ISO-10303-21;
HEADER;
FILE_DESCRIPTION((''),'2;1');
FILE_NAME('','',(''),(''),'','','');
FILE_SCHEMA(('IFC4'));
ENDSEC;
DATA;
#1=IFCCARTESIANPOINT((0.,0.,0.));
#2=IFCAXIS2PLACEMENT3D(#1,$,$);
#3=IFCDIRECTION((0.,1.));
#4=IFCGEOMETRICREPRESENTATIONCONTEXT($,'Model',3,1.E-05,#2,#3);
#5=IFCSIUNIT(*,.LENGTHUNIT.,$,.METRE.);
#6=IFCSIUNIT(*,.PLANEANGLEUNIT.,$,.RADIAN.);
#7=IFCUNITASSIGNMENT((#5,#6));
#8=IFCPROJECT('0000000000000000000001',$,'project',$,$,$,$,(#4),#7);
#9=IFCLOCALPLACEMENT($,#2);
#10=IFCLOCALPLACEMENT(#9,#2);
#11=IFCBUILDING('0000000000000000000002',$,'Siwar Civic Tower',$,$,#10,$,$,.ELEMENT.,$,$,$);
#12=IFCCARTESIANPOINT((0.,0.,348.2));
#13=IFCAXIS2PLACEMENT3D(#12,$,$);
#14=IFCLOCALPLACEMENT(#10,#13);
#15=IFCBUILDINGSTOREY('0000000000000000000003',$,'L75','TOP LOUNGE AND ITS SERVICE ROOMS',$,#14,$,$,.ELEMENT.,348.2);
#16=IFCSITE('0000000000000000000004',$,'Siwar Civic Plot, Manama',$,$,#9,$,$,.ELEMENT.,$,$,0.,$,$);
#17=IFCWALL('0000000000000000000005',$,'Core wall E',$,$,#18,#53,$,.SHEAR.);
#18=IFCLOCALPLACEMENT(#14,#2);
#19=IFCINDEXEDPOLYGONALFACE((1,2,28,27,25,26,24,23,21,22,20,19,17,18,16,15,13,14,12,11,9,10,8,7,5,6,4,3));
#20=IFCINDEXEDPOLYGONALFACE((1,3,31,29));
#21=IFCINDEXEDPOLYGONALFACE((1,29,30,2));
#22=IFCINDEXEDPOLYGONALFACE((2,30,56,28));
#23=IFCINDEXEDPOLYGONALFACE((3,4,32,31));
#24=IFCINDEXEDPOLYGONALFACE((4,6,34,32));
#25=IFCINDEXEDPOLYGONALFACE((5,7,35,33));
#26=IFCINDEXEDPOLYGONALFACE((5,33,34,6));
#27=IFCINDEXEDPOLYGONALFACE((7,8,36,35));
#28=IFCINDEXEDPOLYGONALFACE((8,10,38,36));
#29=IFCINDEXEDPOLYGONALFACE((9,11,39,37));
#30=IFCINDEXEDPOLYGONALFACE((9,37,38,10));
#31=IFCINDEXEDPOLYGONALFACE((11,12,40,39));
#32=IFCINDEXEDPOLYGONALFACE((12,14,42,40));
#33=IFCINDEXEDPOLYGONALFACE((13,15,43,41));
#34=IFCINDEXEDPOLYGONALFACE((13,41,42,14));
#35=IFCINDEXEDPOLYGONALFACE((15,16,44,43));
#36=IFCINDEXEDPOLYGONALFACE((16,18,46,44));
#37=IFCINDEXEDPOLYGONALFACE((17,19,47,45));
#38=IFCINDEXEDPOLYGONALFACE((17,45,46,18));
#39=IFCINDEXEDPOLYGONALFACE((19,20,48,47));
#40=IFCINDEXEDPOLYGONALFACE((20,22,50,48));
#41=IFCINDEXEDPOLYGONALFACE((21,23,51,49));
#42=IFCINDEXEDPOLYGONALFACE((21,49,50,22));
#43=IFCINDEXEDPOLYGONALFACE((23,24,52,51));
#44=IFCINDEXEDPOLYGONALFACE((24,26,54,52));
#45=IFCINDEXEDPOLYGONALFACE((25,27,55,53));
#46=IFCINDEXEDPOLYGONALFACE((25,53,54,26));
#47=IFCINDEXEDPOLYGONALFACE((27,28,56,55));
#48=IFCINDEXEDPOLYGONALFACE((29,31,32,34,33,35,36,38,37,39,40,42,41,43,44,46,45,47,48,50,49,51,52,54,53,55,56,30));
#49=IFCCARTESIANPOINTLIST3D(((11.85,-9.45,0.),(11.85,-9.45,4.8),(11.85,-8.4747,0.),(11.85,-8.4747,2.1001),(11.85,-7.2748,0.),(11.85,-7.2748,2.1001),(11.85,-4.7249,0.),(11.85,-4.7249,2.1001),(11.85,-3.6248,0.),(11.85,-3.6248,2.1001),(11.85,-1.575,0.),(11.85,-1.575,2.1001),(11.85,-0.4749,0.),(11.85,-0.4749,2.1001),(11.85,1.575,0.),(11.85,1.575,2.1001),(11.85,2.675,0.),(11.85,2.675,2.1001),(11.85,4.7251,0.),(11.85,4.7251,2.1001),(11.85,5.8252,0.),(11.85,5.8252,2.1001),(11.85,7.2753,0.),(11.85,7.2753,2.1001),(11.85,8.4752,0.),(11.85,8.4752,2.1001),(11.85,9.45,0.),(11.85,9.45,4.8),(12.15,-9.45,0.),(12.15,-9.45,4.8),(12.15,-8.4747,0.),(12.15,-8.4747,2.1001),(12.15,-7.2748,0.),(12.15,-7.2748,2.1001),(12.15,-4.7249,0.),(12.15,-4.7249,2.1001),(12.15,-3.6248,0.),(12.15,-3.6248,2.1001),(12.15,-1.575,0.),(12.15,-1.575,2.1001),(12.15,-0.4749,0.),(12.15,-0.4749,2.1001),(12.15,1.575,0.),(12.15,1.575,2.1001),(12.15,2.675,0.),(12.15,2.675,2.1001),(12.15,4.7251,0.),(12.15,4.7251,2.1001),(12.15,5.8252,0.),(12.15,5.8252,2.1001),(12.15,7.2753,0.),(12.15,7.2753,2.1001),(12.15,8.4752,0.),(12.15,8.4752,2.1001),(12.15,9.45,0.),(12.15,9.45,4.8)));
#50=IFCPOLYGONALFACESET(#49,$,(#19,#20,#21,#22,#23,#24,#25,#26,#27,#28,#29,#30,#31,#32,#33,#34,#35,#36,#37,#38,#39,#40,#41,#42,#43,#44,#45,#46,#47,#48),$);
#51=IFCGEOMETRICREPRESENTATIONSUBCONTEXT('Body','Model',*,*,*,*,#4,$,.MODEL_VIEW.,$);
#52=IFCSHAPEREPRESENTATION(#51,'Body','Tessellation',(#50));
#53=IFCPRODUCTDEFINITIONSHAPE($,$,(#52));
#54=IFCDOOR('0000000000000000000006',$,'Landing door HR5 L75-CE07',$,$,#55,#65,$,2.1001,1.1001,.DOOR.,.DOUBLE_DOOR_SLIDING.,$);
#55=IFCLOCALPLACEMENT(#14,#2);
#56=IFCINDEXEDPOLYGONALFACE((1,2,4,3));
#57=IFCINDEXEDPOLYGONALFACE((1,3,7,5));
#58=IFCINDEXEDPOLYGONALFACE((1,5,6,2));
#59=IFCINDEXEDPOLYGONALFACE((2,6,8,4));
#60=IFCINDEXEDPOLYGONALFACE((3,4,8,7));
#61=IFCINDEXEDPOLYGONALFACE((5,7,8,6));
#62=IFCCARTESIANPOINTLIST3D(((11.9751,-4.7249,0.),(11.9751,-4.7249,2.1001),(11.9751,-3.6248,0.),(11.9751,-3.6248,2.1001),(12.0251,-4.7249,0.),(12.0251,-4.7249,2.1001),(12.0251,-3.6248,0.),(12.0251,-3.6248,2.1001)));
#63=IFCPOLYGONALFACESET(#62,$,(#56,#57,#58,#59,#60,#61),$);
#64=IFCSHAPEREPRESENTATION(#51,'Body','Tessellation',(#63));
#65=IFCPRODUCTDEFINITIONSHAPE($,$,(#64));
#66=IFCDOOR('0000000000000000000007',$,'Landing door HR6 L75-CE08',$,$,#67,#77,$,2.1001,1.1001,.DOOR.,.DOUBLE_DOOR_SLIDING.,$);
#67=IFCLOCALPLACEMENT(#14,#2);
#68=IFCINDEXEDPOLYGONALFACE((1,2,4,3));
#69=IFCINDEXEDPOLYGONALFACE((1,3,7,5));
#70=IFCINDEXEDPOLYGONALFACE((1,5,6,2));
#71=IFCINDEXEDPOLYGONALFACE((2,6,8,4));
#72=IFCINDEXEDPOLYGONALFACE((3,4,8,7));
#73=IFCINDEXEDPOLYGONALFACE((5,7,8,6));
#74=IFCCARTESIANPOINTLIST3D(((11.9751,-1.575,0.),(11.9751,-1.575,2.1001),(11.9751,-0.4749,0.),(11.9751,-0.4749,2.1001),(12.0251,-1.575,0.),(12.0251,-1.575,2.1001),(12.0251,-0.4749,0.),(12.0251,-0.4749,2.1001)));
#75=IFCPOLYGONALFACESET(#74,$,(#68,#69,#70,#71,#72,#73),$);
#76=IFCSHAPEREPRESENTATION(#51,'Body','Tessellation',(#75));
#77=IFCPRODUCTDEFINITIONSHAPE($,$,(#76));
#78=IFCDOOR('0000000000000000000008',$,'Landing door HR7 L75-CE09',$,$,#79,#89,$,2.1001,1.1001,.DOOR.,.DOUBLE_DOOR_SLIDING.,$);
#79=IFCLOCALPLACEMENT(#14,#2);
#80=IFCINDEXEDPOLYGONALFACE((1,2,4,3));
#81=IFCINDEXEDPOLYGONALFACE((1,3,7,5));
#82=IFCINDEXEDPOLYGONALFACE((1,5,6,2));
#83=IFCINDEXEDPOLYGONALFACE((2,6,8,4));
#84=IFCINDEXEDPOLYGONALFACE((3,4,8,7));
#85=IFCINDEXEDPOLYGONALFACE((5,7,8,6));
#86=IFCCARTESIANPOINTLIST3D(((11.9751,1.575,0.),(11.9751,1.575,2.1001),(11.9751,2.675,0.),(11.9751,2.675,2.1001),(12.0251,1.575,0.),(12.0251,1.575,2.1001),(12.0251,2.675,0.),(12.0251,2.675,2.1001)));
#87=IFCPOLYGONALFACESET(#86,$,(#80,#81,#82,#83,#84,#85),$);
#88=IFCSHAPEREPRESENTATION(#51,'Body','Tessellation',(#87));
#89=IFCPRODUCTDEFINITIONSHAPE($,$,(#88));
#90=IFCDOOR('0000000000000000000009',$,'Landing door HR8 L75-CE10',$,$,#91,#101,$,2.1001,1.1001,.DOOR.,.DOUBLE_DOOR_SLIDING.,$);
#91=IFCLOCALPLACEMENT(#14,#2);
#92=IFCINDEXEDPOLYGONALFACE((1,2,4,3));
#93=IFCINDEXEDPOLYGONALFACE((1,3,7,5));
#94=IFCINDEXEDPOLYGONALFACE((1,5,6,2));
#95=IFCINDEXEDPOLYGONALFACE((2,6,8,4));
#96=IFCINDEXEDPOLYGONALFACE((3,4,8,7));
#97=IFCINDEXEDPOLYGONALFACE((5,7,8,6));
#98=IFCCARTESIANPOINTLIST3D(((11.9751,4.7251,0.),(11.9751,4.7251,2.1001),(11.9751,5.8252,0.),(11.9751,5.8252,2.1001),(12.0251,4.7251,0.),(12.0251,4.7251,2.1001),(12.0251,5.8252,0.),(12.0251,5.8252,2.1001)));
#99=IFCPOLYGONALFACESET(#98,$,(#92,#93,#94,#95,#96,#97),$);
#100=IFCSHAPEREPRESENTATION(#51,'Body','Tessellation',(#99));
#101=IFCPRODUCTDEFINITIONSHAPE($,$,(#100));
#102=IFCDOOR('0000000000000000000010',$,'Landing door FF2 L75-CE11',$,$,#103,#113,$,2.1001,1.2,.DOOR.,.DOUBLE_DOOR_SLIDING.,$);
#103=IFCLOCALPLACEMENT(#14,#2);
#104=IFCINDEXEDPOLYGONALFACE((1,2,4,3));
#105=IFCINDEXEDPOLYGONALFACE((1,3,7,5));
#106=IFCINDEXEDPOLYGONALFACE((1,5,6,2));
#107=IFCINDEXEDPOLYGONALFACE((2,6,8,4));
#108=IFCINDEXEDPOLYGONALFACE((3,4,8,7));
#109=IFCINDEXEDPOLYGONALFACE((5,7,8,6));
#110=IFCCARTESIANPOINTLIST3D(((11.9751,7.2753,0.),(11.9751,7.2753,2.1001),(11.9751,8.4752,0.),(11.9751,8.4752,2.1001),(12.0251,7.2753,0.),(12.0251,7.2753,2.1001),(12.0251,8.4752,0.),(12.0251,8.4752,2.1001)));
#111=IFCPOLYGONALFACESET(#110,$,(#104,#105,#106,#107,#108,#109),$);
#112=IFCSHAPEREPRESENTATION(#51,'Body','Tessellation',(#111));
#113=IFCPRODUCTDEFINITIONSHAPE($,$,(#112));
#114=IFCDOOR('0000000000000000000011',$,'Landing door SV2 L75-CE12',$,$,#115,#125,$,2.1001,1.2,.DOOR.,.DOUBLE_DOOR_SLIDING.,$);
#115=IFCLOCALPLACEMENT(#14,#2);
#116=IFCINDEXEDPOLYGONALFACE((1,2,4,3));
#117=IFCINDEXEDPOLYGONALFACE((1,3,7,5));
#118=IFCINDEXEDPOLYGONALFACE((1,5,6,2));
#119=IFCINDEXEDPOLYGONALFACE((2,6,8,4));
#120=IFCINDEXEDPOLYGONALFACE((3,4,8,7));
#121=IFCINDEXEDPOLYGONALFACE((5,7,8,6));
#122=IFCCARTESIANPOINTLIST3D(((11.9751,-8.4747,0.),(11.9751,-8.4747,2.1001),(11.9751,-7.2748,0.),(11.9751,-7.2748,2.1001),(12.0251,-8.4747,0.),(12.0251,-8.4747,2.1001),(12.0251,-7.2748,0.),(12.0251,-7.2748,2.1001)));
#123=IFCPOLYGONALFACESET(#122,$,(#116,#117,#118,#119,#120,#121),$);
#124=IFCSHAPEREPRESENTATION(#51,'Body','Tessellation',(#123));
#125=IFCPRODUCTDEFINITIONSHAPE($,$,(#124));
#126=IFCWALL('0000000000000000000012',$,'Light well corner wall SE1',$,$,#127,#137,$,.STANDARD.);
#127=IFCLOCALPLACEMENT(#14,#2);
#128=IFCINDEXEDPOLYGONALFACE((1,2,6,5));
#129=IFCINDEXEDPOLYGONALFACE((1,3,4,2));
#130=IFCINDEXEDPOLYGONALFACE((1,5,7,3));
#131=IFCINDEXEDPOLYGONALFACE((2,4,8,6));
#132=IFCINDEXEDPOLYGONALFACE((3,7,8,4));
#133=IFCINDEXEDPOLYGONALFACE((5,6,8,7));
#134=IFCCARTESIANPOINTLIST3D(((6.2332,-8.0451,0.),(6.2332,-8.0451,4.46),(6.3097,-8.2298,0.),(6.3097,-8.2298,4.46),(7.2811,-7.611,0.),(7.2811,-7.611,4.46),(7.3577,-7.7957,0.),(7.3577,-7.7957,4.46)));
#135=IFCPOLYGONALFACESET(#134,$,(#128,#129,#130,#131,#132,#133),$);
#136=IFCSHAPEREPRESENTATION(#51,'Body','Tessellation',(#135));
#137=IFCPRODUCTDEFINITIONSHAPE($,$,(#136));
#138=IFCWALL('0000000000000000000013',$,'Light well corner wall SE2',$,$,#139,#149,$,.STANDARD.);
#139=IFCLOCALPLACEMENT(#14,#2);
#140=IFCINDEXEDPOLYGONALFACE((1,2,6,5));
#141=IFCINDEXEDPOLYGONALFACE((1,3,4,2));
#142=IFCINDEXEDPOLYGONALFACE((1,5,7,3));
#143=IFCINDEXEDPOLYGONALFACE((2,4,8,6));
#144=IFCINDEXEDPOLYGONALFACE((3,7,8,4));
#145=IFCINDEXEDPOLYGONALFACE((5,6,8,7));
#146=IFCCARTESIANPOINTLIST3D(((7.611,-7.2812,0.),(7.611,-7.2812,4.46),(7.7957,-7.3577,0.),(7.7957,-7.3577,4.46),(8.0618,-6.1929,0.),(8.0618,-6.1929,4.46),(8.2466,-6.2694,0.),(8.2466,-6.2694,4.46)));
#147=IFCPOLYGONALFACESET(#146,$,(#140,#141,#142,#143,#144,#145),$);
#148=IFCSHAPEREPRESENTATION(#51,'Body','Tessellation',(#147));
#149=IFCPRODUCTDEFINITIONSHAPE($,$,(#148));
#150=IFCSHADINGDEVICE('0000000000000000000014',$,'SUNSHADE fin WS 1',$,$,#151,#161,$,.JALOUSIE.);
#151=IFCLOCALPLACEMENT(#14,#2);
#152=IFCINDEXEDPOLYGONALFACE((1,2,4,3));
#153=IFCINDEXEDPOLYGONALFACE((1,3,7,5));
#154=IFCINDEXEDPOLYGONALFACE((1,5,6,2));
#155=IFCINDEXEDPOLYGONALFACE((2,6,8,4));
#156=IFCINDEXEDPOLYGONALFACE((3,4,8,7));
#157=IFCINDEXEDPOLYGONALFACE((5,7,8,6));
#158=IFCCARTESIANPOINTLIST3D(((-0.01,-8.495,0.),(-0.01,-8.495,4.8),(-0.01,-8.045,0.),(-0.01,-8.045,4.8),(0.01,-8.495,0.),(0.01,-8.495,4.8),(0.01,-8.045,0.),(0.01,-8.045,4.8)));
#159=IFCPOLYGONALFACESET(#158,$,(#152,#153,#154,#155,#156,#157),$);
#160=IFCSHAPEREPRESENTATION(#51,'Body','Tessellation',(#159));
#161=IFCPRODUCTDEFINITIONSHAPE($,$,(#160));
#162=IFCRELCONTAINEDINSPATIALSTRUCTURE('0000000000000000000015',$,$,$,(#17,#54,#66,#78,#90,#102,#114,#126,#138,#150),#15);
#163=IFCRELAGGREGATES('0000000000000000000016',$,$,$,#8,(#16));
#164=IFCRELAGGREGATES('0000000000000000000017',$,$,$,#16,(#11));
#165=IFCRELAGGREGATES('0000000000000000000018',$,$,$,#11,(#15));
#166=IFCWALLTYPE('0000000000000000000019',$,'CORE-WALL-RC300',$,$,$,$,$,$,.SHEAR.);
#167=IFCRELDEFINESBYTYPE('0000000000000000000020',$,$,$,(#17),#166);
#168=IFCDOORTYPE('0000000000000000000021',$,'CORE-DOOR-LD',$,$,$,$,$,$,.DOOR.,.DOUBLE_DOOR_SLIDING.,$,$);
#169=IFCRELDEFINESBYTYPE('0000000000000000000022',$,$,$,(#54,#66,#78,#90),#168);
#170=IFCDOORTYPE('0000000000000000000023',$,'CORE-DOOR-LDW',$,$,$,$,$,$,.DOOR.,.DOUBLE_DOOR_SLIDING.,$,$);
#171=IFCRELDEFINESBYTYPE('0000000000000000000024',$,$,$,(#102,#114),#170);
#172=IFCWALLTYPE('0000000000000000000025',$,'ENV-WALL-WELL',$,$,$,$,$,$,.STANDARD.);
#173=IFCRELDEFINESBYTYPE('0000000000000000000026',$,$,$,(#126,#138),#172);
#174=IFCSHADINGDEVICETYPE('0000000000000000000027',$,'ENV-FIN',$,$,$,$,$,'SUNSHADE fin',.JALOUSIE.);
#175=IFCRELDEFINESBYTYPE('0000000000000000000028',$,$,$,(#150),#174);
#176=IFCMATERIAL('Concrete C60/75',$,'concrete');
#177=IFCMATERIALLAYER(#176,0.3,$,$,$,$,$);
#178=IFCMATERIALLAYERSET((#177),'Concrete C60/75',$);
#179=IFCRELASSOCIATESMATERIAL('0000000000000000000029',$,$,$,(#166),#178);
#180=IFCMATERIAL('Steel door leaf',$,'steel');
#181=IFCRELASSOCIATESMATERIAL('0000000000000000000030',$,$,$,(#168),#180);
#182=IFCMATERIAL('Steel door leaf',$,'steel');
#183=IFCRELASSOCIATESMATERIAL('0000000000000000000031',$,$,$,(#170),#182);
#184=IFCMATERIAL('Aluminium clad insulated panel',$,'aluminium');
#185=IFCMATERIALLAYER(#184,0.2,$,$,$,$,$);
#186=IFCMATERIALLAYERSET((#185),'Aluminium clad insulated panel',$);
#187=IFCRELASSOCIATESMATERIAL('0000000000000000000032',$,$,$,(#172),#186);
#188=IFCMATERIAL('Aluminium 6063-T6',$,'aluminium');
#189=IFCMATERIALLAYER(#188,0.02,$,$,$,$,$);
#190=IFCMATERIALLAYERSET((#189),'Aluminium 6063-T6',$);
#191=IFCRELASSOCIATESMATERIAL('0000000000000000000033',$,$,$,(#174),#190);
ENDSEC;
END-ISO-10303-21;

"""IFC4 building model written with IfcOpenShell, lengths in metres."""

from ifc_helpers import new_model, si_unit, direction, frame, frame_2d, origin, origin_2d, place, context, subcontext, project, spatial, rectangle, extrude, material, layer, layer_set, type_object, element, fill, save


model = new_model("IFC4")

# Units and contexts
model_context = context("Model", 3, precision=1e-05, world=origin(), true_north=direction((0.0, 1.0)))
body_context = subcontext(model_context, "Body", "Model", "MODEL_VIEW")
ifc_project = project(units=[si_unit("LENGTHUNIT", "METRE"), si_unit("PLANEANGLEUNIT", "RADIAN")], contexts=[model_context])

# Site, building, storey
site_placement = place(None, origin())
site = spatial("IfcSite", under=ifc_project, at=site_placement, Name="Siwar Civic Plot, Manama", CompositionType="ELEMENT", RefElevation=0.0)
building_placement = place(site_placement, origin())
building = spatial("IfcBuilding", under=site, at=building_placement, Name="Siwar Civic Tower", CompositionType="ELEMENT")
storey_placement = place(building_placement, frame((0.0, 0.0, 348.2)))
storey = spatial("IfcBuildingStorey", under=building, at=storey_placement, Name="L75", Description="TOP LOUNGE AND ITS SERVICE ROOMS", CompositionType="ELEMENT", Elevation=348.2)

# Wall, openings, doors
ifc_material_1 = material(Name="Concrete C60/75", Category="concrete")
ifc_layer_1 = layer(ifc_material_1, 0.3)
ifc_layer_set_1 = layer_set([ifc_layer_1], Name="Concrete C60/75")
wall_type_1 = type_object("IfcWallType", Name="CORE-WALL-RC300", PredefinedType="SHEAR", material=ifc_layer_set_1)
wall_1_placement = place(storey_placement, frame((12.0, -9.45, 0.0), z_axis=(0.0, 0.0, 1.0), x_axis=(0.0, 1.0, 0.0)))
wall_1 = element("IfcWall", 1, at=wall_1_placement, inside=storey, type_object=wall_type_1, Name="Core wall E", PredefinedType="SHEAR", context=body_context, shape_type="SweptSolid", body=[
    extrude(rectangle(XDim=18.8999, YDim=0.3, at=frame_2d((9.45, 0.0))), origin(), (0.0, 0.0, 1.0), 4.8),
])
opening_1_placement = place(wall_1_placement, frame((4.7251, 0.0, 0.0)))
opening_1 = element("IfcOpeningElement", 2, at=opening_1_placement, cuts=wall_1, PredefinedType="OPENING", context=body_context, shape_type="SweptSolid", body=[
    extrude(rectangle(XDim=1.1001, YDim=2.1001, at=frame_2d((0.55, 1.05))), frame((0.0, 0.1602, 0.0), z_axis=(0.0, -1.0, 0.0), x_axis=(1.0, 0.0, 0.0)), (0.0, 0.0, 1.0), 0.3201),
])
opening_2_placement = place(wall_1_placement, frame((7.875, 0.0, 0.0)))
opening_2 = element("IfcOpeningElement", 3, at=opening_2_placement, cuts=wall_1, PredefinedType="OPENING", context=body_context, shape_type="SweptSolid", body=[
    extrude(rectangle(XDim=1.1001, YDim=2.1001, at=frame_2d((0.55, 1.05))), frame((0.0, 0.1602, 0.0), z_axis=(0.0, -1.0, 0.0), x_axis=(1.0, 0.0, 0.0)), (0.0, 0.0, 1.0), 0.3201),
])
opening_3_placement = place(wall_1_placement, frame((11.0249, 0.0, 0.0)))
opening_3 = element("IfcOpeningElement", 4, at=opening_3_placement, cuts=wall_1, PredefinedType="OPENING", context=body_context, shape_type="SweptSolid", body=[
    extrude(rectangle(XDim=1.1001, YDim=2.1001, at=frame_2d((0.55, 1.05))), frame((0.0, 0.1602, 0.0), z_axis=(0.0, -1.0, 0.0), x_axis=(1.0, 0.0, 0.0)), (0.0, 0.0, 1.0), 0.3201),
])
opening_4_placement = place(wall_1_placement, frame((14.175, 0.0, 0.0)))
opening_4 = element("IfcOpeningElement", 5, at=opening_4_placement, cuts=wall_1, PredefinedType="OPENING", context=body_context, shape_type="SweptSolid", body=[
    extrude(rectangle(XDim=1.1001, YDim=2.1001, at=frame_2d((0.55, 1.05))), frame((0.0, 0.1602, 0.0), z_axis=(0.0, -1.0, 0.0), x_axis=(1.0, 0.0, 0.0)), (0.0, 0.0, 1.0), 0.3201),
])
opening_5_placement = place(wall_1_placement, frame((16.7251, 0.0, 0.0)))
opening_5 = element("IfcOpeningElement", 6, at=opening_5_placement, cuts=wall_1, PredefinedType="OPENING", context=body_context, shape_type="SweptSolid", body=[
    extrude(rectangle(XDim=1.2, YDim=2.1001, at=frame_2d((0.6001, 1.05))), frame((0.0, 0.1602, 0.0), z_axis=(0.0, -1.0, 0.0), x_axis=(1.0, 0.0, 0.0)), (0.0, 0.0, 1.0), 0.3201),
])
opening_6_placement = place(wall_1_placement, frame((0.9751, 0.0, 0.0)))
opening_6 = element("IfcOpeningElement", 7, at=opening_6_placement, cuts=wall_1, PredefinedType="OPENING", context=body_context, shape_type="SweptSolid", body=[
    extrude(rectangle(XDim=1.2, YDim=2.1001, at=frame_2d((0.6001, 1.05))), frame((0.0, 0.1602, 0.0), z_axis=(0.0, -1.0, 0.0), x_axis=(1.0, 0.0, 0.0)), (0.0, 0.0, 1.0), 0.3201),
])
ifc_material_2 = material(Name="Steel door leaf", Category="steel")
door_type_1 = type_object("IfcDoorType", Name="CORE-DOOR-LD", OperationType="DOUBLE_DOOR_SLIDING", PredefinedType="DOOR", material=ifc_material_2)
door_1_placement = place(opening_1_placement, origin())
door_1 = element("IfcDoor", 8, at=door_1_placement, inside=storey, type_object=door_type_1, Name="Landing door HR5 L75-CE07", OperationType="DOUBLE_DOOR_SLIDING", OverallHeight=2.1001, OverallWidth=1.1001, PredefinedType="DOOR", context=body_context, shape_type="SweptSolid", body=[
    extrude(rectangle(XDim=1.1001, YDim=2.1001, at=frame_2d((0.55, 1.05))), frame((0.0, 0.0249, 0.0), z_axis=(0.0, -1.0, 0.0), x_axis=(1.0, 0.0, 0.0)), (0.0, 0.0, 1.0), 0.05),
])
fill(opening_1, door_1)
door_2_placement = place(opening_2_placement, origin())
door_2 = element("IfcDoor", 9, at=door_2_placement, inside=storey, type_object=door_type_1, Name="Landing door HR6 L75-CE08", OperationType="DOUBLE_DOOR_SLIDING", OverallHeight=2.1001, OverallWidth=1.1001, PredefinedType="DOOR", context=body_context, shape_type="SweptSolid", body=[
    extrude(rectangle(XDim=1.1001, YDim=2.1001, at=frame_2d((0.55, 1.05))), frame((0.0, 0.0249, 0.0), z_axis=(0.0, -1.0, 0.0), x_axis=(1.0, 0.0, 0.0)), (0.0, 0.0, 1.0), 0.05),
])
fill(opening_2, door_2)
door_3_placement = place(opening_3_placement, origin())
door_3 = element("IfcDoor", 10, at=door_3_placement, inside=storey, type_object=door_type_1, Name="Landing door HR7 L75-CE09", OperationType="DOUBLE_DOOR_SLIDING", OverallHeight=2.1001, OverallWidth=1.1001, PredefinedType="DOOR", context=body_context, shape_type="SweptSolid", body=[
    extrude(rectangle(XDim=1.1001, YDim=2.1001, at=frame_2d((0.55, 1.05))), frame((0.0, 0.0249, 0.0), z_axis=(0.0, -1.0, 0.0), x_axis=(1.0, 0.0, 0.0)), (0.0, 0.0, 1.0), 0.05),
])
fill(opening_3, door_3)
door_4_placement = place(opening_4_placement, origin())
door_4 = element("IfcDoor", 11, at=door_4_placement, inside=storey, type_object=door_type_1, Name="Landing door HR8 L75-CE10", OperationType="DOUBLE_DOOR_SLIDING", OverallHeight=2.1001, OverallWidth=1.1001, PredefinedType="DOOR", context=body_context, shape_type="SweptSolid", body=[
    extrude(rectangle(XDim=1.1001, YDim=2.1001, at=frame_2d((0.55, 1.05))), frame((0.0, 0.0249, 0.0), z_axis=(0.0, -1.0, 0.0), x_axis=(1.0, 0.0, 0.0)), (0.0, 0.0, 1.0), 0.05),
])
fill(opening_4, door_4)
ifc_material_3 = material(Name="Steel door leaf", Category="steel")
door_type_2 = type_object("IfcDoorType", Name="CORE-DOOR-LDW", OperationType="DOUBLE_DOOR_SLIDING", PredefinedType="DOOR", material=ifc_material_3)
door_5_placement = place(opening_5_placement, origin())
door_5 = element("IfcDoor", 12, at=door_5_placement, inside=storey, type_object=door_type_2, Name="Landing door FF2 L75-CE11", OperationType="DOUBLE_DOOR_SLIDING", OverallHeight=2.1001, OverallWidth=1.2, PredefinedType="DOOR", context=body_context, shape_type="SweptSolid", body=[
    extrude(rectangle(XDim=1.2, YDim=2.1001, at=frame_2d((0.6001, 1.05))), frame((0.0, 0.0249, 0.0), z_axis=(0.0, -1.0, 0.0), x_axis=(1.0, 0.0, 0.0)), (0.0, 0.0, 1.0), 0.05),
])
fill(opening_5, door_5)
door_6_placement = place(opening_6_placement, origin())
door_6 = element("IfcDoor", 13, at=door_6_placement, inside=storey, type_object=door_type_2, Name="Landing door SV2 L75-CE12", OperationType="DOUBLE_DOOR_SLIDING", OverallHeight=2.1001, OverallWidth=1.2, PredefinedType="DOOR", context=body_context, shape_type="SweptSolid", body=[
    extrude(rectangle(XDim=1.2, YDim=2.1001, at=frame_2d((0.6001, 1.05))), frame((0.0, 0.0249, 0.0), z_axis=(0.0, -1.0, 0.0), x_axis=(1.0, 0.0, 0.0)), (0.0, 0.0, 1.0), 0.05),
])
fill(opening_6, door_6)

# Walls
ifc_material_4 = material(Name="Aluminium clad insulated panel", Category="aluminium")
ifc_layer_2 = layer(ifc_material_4, 0.2)
ifc_layer_set_2 = layer_set([ifc_layer_2], Name="Aluminium clad insulated panel")
wall_type_2 = type_object("IfcWallType", Name="ENV-WALL-WELL", PredefinedType="STANDARD", material=ifc_layer_set_2)
wall_2_placement = place(storey_placement, frame((6.2715, -8.1375, 0.0), z_axis=(0.0, 0.0, 1.0), x_axis=(0.923865, 0.382719, 0.0)))
element("IfcWall", 14, at=wall_2_placement, inside=storey, type_object=wall_type_2, Name="Light well corner wall SE1", PredefinedType="STANDARD", context=body_context, shape_type="SweptSolid", body=[
    extrude(rectangle(XDim=1.1343, YDim=0.2, at=frame_2d((0.5671, 0.0))), origin(), (0.0, 0.0, 1.0), 4.46),
])
wall_3_placement = place(storey_placement, frame((7.7034, -7.3193, 0.0), z_axis=(0.0, 0.0, 1.0), x_axis=(0.382761, 0.923848, 0.0)))
element("IfcWall", 15, at=wall_3_placement, inside=storey, type_object=wall_type_2, Name="Light well corner wall SE2", PredefinedType="STANDARD", context=body_context, shape_type="SweptSolid", body=[
    extrude(rectangle(XDim=1.178, YDim=0.2, at=frame_2d((0.5889, 0.0))), origin(), (0.0, 0.0, 1.0), 4.46),
])

# Shading device
ifc_material_5 = material(Name="Aluminium 6063-T6", Category="aluminium")
ifc_layer_3 = layer(ifc_material_5, 0.02)
ifc_layer_set_3 = layer_set([ifc_layer_3], Name="Aluminium 6063-T6")
shading_device_type = type_object("IfcShadingDeviceType", Name="ENV-FIN", ElementType="SUNSHADE fin", PredefinedType="JALOUSIE", material=ifc_layer_set_3)
shading_device_placement = place(storey_placement, frame((0.0, -8.27, 0.0), z_axis=(0.0, 0.0, 1.0), x_axis=(1.0, 0.0, 0.0)))
element("IfcShadingDevice", 16, at=shading_device_placement, inside=storey, type_object=shading_device_type, Name="SUNSHADE fin WS 1", PredefinedType="JALOUSIE", context=body_context, shape_type="SweptSolid", body=[
    extrude(rectangle(XDim=0.02, YDim=0.45, at=origin_2d()), origin(), (0.0, 0.0, 1.0), 4.8),
])

save(model, "model.ifc")
